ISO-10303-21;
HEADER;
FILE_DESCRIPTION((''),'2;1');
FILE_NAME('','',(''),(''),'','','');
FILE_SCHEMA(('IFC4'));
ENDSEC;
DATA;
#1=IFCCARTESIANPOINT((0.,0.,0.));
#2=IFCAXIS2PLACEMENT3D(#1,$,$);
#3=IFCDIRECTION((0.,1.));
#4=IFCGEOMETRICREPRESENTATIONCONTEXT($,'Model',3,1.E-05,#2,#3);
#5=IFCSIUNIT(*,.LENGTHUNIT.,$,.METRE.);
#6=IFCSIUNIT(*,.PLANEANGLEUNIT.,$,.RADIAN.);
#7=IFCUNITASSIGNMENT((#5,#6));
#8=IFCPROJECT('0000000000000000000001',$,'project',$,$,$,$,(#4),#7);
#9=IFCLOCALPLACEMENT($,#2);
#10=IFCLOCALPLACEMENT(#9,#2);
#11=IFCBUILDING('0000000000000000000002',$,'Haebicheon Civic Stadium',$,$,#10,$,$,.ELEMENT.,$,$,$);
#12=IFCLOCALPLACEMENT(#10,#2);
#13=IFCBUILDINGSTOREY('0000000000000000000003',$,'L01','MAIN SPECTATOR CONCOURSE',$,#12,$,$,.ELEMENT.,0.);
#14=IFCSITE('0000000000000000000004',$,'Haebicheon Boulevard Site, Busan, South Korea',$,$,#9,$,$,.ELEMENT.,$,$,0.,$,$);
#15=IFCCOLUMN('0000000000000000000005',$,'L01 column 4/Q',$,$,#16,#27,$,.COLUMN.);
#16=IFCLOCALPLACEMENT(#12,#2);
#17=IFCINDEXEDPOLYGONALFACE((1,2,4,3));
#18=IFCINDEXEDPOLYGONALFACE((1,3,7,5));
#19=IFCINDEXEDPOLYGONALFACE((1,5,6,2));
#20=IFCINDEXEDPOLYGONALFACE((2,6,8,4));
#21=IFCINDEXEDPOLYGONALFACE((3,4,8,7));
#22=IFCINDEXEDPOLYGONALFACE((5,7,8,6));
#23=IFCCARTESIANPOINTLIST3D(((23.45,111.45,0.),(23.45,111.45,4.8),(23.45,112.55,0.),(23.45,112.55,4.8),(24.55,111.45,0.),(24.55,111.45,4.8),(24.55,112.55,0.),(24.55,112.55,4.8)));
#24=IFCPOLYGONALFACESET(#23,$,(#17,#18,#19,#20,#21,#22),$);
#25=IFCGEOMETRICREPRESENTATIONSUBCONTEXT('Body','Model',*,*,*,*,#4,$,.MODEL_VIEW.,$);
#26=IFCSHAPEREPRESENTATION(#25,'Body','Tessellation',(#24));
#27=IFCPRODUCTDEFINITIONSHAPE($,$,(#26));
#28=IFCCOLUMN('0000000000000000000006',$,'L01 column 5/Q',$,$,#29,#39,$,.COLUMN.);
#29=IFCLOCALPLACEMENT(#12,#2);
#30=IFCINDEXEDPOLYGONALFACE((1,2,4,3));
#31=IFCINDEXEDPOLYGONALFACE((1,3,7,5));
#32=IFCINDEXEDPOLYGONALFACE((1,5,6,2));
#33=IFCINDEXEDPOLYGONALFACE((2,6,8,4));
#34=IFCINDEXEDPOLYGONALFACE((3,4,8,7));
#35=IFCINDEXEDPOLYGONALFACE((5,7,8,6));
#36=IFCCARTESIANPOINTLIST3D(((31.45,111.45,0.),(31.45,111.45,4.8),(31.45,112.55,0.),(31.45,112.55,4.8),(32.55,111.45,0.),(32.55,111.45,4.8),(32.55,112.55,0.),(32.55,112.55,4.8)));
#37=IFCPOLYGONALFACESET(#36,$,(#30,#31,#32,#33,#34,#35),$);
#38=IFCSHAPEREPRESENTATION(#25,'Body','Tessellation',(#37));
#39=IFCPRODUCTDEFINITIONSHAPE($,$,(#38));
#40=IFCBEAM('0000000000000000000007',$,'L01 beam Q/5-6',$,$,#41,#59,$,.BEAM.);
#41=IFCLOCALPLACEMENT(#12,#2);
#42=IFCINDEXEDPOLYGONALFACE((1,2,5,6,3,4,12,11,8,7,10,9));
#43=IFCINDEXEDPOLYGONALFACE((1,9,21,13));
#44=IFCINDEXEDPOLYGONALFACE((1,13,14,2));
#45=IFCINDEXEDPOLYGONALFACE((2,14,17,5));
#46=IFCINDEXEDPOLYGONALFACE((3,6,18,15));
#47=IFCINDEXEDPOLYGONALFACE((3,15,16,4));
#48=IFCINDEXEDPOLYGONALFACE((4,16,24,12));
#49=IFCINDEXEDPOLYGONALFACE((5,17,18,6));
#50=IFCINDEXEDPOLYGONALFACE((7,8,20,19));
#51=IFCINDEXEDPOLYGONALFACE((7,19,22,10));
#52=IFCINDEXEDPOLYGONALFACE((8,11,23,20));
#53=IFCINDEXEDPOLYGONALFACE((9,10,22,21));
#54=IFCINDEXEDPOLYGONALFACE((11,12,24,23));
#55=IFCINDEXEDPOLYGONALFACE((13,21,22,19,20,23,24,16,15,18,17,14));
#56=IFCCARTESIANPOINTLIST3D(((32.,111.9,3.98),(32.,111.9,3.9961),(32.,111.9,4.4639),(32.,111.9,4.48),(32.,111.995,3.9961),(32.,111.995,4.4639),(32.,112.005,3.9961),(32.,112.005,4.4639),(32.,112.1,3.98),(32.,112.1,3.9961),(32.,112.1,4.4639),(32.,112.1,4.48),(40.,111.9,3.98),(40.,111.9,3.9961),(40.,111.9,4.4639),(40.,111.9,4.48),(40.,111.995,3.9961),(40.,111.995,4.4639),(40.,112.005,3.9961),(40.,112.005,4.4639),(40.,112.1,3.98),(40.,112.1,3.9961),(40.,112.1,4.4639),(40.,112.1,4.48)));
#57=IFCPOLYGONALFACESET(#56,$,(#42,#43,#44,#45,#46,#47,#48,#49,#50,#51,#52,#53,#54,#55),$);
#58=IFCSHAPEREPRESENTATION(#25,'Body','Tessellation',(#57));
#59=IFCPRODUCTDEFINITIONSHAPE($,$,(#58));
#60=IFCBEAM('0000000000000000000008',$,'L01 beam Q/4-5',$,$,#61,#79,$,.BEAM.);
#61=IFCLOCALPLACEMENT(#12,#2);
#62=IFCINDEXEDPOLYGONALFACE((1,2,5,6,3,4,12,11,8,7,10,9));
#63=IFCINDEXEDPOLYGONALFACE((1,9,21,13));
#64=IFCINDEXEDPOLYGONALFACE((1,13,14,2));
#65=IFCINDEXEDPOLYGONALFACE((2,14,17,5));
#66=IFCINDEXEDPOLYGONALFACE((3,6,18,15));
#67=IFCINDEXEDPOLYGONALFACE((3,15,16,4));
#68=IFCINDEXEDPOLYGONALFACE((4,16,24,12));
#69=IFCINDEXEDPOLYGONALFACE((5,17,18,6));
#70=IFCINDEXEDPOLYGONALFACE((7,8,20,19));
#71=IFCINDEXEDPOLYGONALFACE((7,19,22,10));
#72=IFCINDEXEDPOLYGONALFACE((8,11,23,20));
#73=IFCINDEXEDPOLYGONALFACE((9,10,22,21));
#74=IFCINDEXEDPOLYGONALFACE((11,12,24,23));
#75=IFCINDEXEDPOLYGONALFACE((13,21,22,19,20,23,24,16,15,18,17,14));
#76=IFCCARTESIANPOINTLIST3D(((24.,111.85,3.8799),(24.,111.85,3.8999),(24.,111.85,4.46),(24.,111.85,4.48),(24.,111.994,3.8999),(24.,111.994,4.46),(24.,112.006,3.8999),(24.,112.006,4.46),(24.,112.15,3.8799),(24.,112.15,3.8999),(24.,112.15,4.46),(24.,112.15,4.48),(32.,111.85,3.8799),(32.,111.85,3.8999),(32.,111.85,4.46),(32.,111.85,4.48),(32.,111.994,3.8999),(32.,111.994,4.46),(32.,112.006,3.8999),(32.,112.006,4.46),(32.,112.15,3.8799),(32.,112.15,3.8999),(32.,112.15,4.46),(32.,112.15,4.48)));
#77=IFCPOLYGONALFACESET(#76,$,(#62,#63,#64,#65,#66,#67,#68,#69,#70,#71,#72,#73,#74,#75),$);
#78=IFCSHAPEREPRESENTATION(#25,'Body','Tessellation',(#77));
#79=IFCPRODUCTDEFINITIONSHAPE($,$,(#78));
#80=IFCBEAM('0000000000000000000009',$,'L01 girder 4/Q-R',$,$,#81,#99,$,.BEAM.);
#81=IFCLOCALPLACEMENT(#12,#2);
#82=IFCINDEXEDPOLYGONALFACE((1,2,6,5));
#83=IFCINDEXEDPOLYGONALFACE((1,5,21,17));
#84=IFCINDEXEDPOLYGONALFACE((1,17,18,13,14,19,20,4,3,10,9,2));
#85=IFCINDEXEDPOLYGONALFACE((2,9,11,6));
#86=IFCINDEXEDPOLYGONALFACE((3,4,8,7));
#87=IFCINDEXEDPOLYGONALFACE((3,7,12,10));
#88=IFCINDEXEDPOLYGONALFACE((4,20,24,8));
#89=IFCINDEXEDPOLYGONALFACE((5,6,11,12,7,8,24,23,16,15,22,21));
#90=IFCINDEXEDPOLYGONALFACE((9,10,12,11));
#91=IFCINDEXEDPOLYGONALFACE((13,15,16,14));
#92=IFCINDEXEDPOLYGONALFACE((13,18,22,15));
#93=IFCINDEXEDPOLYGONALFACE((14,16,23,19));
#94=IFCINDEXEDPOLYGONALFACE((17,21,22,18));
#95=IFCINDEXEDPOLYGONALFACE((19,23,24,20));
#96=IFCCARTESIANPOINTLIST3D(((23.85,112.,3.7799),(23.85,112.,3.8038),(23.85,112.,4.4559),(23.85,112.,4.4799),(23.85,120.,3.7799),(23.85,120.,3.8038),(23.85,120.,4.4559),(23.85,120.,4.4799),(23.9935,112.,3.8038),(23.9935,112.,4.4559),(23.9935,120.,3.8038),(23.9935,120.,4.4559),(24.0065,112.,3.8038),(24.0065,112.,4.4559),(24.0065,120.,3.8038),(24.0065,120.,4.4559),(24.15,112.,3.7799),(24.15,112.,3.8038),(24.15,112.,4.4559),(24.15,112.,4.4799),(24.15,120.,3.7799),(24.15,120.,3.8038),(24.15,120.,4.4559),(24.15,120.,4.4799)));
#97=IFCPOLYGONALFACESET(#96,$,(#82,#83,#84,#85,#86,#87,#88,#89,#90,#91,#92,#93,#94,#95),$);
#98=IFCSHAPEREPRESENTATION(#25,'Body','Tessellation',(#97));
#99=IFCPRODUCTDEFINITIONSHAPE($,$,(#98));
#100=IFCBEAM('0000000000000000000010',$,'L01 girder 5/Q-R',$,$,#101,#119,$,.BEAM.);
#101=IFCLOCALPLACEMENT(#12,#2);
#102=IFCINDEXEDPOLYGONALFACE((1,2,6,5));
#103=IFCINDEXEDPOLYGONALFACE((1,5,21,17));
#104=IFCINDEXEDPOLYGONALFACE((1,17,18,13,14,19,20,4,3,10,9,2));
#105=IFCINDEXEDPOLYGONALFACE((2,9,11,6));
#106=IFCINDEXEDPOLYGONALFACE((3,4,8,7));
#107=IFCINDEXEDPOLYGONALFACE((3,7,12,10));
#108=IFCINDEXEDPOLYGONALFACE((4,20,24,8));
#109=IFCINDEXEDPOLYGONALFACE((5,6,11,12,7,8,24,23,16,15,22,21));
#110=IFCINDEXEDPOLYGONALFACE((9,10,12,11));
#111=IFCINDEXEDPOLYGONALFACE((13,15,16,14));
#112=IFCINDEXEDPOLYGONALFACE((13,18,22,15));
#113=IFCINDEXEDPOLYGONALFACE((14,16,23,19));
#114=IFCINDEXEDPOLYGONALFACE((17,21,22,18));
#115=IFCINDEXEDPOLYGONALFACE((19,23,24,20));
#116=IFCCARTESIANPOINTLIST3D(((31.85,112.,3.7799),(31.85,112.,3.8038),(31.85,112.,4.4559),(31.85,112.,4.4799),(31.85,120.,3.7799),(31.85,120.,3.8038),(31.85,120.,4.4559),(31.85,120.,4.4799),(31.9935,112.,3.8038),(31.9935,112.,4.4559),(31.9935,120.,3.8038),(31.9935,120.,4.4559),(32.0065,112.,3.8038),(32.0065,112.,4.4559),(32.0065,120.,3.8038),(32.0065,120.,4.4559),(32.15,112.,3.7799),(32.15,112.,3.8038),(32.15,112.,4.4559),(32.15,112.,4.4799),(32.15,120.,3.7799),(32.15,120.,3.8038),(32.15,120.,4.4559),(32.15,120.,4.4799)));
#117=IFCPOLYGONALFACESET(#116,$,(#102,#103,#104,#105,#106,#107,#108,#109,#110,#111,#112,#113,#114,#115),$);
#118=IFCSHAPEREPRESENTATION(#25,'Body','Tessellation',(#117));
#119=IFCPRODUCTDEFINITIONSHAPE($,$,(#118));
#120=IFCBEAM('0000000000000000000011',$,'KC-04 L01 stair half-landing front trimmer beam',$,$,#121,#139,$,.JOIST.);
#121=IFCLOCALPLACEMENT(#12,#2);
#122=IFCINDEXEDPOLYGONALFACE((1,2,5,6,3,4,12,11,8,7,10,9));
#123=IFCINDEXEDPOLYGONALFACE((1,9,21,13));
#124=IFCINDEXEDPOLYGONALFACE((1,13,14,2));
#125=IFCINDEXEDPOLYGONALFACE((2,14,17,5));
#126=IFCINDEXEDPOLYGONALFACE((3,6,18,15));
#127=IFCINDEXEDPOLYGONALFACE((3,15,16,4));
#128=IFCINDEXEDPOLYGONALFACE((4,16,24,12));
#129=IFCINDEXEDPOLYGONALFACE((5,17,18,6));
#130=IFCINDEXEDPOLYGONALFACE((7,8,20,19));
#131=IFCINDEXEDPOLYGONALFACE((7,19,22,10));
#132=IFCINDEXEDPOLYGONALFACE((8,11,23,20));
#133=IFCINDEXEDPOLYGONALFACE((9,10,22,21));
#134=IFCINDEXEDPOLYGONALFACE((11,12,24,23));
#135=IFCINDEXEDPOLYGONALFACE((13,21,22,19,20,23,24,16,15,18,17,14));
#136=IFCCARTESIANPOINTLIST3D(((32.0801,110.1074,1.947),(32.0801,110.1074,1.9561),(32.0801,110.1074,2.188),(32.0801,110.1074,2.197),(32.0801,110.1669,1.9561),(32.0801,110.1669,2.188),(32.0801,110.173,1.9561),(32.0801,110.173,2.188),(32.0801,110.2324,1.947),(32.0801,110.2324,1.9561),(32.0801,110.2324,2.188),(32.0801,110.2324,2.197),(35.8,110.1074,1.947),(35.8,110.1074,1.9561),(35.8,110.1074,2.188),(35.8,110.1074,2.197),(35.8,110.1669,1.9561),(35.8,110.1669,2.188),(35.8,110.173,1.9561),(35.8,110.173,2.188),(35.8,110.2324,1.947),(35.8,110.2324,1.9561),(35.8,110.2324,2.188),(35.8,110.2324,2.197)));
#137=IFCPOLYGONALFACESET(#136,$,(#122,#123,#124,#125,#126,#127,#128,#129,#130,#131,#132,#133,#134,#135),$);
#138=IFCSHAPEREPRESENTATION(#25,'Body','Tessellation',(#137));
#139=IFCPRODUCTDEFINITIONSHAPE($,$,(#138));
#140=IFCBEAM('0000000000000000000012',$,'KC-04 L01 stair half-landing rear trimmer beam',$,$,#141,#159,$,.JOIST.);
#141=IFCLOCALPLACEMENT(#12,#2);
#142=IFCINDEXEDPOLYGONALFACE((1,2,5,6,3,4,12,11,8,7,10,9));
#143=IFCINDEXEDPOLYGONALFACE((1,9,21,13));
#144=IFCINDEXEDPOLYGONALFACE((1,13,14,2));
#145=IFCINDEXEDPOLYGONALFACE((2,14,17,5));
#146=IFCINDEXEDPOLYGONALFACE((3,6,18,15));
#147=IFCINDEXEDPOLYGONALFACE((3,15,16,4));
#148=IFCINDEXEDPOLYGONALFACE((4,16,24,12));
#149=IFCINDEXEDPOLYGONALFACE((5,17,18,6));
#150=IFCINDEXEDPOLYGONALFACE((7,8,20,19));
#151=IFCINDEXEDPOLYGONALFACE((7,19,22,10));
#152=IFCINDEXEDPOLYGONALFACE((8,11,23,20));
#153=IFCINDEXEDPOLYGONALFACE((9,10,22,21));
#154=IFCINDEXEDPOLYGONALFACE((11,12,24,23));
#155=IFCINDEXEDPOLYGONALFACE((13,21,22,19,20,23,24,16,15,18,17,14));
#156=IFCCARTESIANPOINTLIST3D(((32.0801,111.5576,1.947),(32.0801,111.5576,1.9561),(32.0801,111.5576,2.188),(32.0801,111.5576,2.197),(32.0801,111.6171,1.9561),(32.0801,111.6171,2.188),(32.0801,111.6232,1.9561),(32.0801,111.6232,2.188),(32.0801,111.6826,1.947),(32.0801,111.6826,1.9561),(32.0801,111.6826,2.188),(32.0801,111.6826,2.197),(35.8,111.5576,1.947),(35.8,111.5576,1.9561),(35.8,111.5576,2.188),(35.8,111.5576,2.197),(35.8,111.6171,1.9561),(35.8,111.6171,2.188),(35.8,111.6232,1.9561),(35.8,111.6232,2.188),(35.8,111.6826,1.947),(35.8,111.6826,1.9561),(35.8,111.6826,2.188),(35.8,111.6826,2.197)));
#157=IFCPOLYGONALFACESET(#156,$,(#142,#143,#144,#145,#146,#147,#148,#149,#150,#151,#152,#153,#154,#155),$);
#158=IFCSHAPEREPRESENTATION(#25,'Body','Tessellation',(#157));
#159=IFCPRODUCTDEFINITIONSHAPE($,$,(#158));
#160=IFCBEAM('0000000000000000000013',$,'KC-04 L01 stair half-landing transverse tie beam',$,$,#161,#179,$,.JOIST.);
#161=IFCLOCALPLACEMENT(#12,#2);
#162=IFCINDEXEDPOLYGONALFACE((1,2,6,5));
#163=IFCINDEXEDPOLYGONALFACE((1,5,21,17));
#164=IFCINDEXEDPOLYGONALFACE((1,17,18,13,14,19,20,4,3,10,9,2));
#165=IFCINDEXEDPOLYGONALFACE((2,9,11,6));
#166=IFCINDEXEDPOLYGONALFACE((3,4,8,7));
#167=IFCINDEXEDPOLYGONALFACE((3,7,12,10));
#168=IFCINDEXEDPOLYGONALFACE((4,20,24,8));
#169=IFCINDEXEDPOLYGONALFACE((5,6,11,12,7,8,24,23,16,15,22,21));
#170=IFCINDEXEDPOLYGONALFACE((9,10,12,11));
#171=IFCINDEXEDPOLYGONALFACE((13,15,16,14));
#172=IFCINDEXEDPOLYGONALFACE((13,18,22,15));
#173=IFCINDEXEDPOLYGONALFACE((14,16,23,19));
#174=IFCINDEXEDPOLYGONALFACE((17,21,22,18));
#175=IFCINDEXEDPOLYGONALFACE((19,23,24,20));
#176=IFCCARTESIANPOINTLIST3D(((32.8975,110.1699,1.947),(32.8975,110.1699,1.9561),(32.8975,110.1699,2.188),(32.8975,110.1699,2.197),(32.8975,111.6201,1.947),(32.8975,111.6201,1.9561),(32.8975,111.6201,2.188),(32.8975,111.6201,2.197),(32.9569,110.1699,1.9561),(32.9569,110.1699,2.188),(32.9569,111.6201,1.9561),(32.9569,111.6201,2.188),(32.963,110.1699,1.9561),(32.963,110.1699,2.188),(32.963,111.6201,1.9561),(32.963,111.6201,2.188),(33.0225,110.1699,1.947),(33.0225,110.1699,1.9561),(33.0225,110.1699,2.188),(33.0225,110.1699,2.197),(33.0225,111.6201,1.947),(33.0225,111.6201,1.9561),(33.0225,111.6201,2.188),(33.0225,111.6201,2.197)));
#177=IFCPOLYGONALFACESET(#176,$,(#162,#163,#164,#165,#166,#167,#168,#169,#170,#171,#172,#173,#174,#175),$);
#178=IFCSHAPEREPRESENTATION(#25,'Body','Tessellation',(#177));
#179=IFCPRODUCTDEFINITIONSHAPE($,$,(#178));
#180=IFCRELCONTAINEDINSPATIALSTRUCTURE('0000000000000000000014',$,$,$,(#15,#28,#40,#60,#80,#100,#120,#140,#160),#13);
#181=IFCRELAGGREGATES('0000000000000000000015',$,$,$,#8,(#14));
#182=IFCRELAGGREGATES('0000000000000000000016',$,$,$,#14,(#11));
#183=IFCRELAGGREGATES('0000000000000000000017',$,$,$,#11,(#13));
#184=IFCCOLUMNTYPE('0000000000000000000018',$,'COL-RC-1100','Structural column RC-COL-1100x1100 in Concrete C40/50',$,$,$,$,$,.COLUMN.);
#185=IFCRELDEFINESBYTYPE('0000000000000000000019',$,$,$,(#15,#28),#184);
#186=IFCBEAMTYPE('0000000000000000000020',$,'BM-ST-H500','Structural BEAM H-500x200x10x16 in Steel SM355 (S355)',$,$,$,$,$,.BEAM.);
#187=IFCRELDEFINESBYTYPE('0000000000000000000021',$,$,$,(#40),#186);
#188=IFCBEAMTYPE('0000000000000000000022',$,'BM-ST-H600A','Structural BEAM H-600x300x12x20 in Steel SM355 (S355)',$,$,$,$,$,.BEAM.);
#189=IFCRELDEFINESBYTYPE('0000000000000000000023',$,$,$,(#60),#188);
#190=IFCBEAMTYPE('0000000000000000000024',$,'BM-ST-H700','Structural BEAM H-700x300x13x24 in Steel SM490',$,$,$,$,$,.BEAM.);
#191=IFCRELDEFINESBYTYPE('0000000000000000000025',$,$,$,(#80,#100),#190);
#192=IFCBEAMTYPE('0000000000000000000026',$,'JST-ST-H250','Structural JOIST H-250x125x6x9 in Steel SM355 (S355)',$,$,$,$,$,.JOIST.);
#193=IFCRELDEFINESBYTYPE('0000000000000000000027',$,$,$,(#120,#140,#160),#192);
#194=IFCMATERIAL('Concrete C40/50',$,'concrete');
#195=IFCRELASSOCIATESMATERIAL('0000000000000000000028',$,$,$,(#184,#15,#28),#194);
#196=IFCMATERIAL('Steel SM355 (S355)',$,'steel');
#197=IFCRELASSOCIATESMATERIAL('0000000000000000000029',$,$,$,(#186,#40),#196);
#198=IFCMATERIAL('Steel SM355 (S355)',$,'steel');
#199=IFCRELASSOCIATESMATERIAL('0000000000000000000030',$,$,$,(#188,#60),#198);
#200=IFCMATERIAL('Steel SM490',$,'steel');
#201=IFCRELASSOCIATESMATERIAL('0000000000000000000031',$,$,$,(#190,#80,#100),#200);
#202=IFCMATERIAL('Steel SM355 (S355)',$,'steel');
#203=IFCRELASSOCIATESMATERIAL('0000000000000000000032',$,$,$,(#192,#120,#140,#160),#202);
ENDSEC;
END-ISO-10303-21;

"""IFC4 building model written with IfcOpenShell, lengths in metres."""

from ifc_helpers import new_model, si_unit, direction, frame, origin, origin_2d, place, context, subcontext, project, spatial, rectangle, i_section, extrude, material, material_profile, profile_set, type_object, element, save


model = new_model("IFC4")

# Units and contexts
model_context = context("Model", 3, precision=1e-05, world=origin(), true_north=direction((0.0, 1.0)))
body_context = subcontext(model_context, "Body", "Model", "MODEL_VIEW")
ifc_project = project(units=[si_unit("LENGTHUNIT", "METRE"), si_unit("PLANEANGLEUNIT", "RADIAN")], contexts=[model_context])

# Site, building, storey
site_placement = place(None, origin())
site = spatial("IfcSite", under=ifc_project, at=site_placement, Name="Haebicheon Boulevard Site, Busan, South Korea", CompositionType="ELEMENT", RefElevation=0.0)
building_placement = place(site_placement, origin())
building = spatial("IfcBuilding", under=site, at=building_placement, Name="Haebicheon Civic Stadium", CompositionType="ELEMENT")
storey_placement = place(building_placement, origin())
storey = spatial("IfcBuildingStorey", under=building, at=storey_placement, Name="L01", Description="MAIN SPECTATOR CONCOURSE", CompositionType="ELEMENT", Elevation=0.0)

# Columns
ifc_material_1 = material(Name="Concrete C40/50", Category="concrete")
ifc_material_profile_1 = material_profile(ifc_material_1, rectangle(XDim=1.1001, YDim=1.1001, at=origin_2d()), Name="RC-COL-1100x1100")
ifc_profile_set_1 = profile_set([ifc_material_profile_1], Name="Concrete C40/50")
column_type = type_object("IfcColumnType", Name="COL-RC-1100", Description="Structural column RC-COL-1100x1100 in Concrete C40/50", PredefinedType="COLUMN", material=ifc_profile_set_1)
for number, where, z_axis, x_axis, name in (
    (1, (24.0, 112.0, 0.0), (0.0, 0.0, 1.0), (1.0, 0.0, 0.0), "L01 column 4/Q"),
    (2, (32.0, 112.0, 0.0), (0.0, 0.0, 1.0), (1.0, 0.0, 0.0), "L01 column 5/Q"),
):
    element("IfcColumn", number, at=place(storey_placement, frame(where, z_axis=z_axis, x_axis=x_axis)), inside=storey, type_object=column_type, material=ifc_profile_set_1, Name=name, PredefinedType="COLUMN", context=body_context, shape_type="SweptSolid", body=[
        extrude(rectangle(XDim=1.1001, YDim=1.1001, at=origin_2d()), origin(), (0.0, 0.0, 1.0), 4.8),
    ])

# Beams
ifc_material_2 = material(Name="Steel SM355 (S355)", Category="steel")
ifc_material_profile_2 = material_profile(ifc_material_2, i_section(OverallWidth=0.2, OverallDepth=0.5, WebThickness=0.01, FlangeThickness=0.0161, at=origin_2d()), Name="H-500x200x10x16")
ifc_profile_set_2 = profile_set([ifc_material_profile_2], Name="Steel SM355 (S355)")
beam_type_1 = type_object("IfcBeamType", Name="BM-ST-H500", Description="Structural BEAM H-500x200x10x16 in Steel SM355 (S355)", PredefinedType="BEAM", material=ifc_profile_set_2)
beam_1_placement = place(storey_placement, frame((32.0, 112.0, 4.23), z_axis=(1.0, 0.0, 0.0), x_axis=(0.0, 1.0, 0.0)))
element("IfcBeam", 3, at=beam_1_placement, inside=storey, type_object=beam_type_1, material=ifc_profile_set_2, Name="L01 beam Q/5-6", PredefinedType="BEAM", context=body_context, shape_type="SweptSolid", body=[
    extrude(i_section(OverallWidth=0.2, OverallDepth=0.5, WebThickness=0.01, FlangeThickness=0.0161, at=origin_2d()), origin(), (0.0, 0.0, 1.0), 8.0),
])
ifc_material_3 = material(Name="Steel SM355 (S355)", Category="steel")
ifc_material_profile_3 = material_profile(ifc_material_3, i_section(OverallWidth=0.3, OverallDepth=0.6001, WebThickness=0.012, FlangeThickness=0.02, at=origin_2d()), Name="H-600x300x12x20")
ifc_profile_set_3 = profile_set([ifc_material_profile_3], Name="Steel SM355 (S355)")
beam_type_2 = type_object("IfcBeamType", Name="BM-ST-H600A", Description="Structural BEAM H-600x300x12x20 in Steel SM355 (S355)", PredefinedType="BEAM", material=ifc_profile_set_3)
beam_2_placement = place(storey_placement, frame((24.0, 112.0, 4.1799), z_axis=(1.0, 0.0, 0.0), x_axis=(0.0, 1.0, 0.0)))
element("IfcBeam", 4, at=beam_2_placement, inside=storey, type_object=beam_type_2, material=ifc_profile_set_3, Name="L01 beam Q/4-5", PredefinedType="BEAM", context=body_context, shape_type="SweptSolid", body=[
    extrude(i_section(OverallWidth=0.3, OverallDepth=0.6001, WebThickness=0.012, FlangeThickness=0.02, at=origin_2d()), origin(), (0.0, 0.0, 1.0), 8.0),
])
ifc_material_4 = material(Name="Steel SM490", Category="steel")
ifc_material_profile_4 = material_profile(ifc_material_4, i_section(OverallWidth=0.3, OverallDepth=0.7, WebThickness=0.0129, FlangeThickness=0.0239, at=origin_2d()), Name="H-700x300x13x24")
ifc_profile_set_4 = profile_set([ifc_material_profile_4], Name="Steel SM490")
beam_type_3 = type_object("IfcBeamType", Name="BM-ST-H700", Description="Structural BEAM H-700x300x13x24 in Steel SM490", PredefinedType="BEAM", material=ifc_profile_set_4)
for number, where, z_axis, x_axis, name in (
    (5, (24.0, 112.0, 4.1299), (0.0, 1.0, 0.0), (-1.0, 0.0, 0.0), "L01 girder 4/Q-R"),
    (6, (32.0, 112.0, 4.1299), (0.0, 1.0, 0.0), (-1.0, 0.0, 0.0), "L01 girder 5/Q-R"),
):
    element("IfcBeam", number, at=place(storey_placement, frame(where, z_axis=z_axis, x_axis=x_axis)), inside=storey, type_object=beam_type_3, material=ifc_profile_set_4, Name=name, PredefinedType="BEAM", context=body_context, shape_type="SweptSolid", body=[
        extrude(i_section(OverallWidth=0.3, OverallDepth=0.7, WebThickness=0.0129, FlangeThickness=0.0239, at=origin_2d()), origin(), (0.0, 0.0, 1.0), 8.0),
    ])
ifc_material_5 = material(Name="Steel SM355 (S355)", Category="steel")
ifc_material_profile_5 = material_profile(ifc_material_5, i_section(OverallWidth=0.125, OverallDepth=0.25, WebThickness=0.0061, FlangeThickness=0.009, at=origin_2d()), Name="H-250x125x6x9")
ifc_profile_set_5 = profile_set([ifc_material_profile_5], Name="Steel SM355 (S355)")
beam_type_4 = type_object("IfcBeamType", Name="JST-ST-H250", Description="Structural JOIST H-250x125x6x9 in Steel SM355 (S355)", PredefinedType="JOIST", material=ifc_profile_set_5)
for number, where, z_axis, x_axis, name in (
    (7, (32.0801, 110.1699, 2.072), (1.0, 0.0, 0.0), (0.0, 1.0, 0.0), "KC-04 L01 stair half-landing front trimmer beam"),
    (8, (32.0801, 111.6201, 2.072), (1.0, 0.0, 0.0), (0.0, 1.0, 0.0), "KC-04 L01 stair half-landing rear trimmer beam"),
):
    element("IfcBeam", number, at=place(storey_placement, frame(where, z_axis=z_axis, x_axis=x_axis)), inside=storey, type_object=beam_type_4, material=ifc_profile_set_5, Name=name, PredefinedType="JOIST", context=body_context, shape_type="SweptSolid", body=[
        extrude(i_section(OverallWidth=0.125, OverallDepth=0.25, WebThickness=0.0061, FlangeThickness=0.009, at=origin_2d()), origin(), (0.0, 0.0, 1.0), 3.72),
    ])
beam_3_placement = place(storey_placement, frame((32.96, 110.1699, 2.072), z_axis=(0.0, 1.0, 0.0), x_axis=(-1.0, 0.0, 0.0)))
element("IfcBeam", 9, at=beam_3_placement, inside=storey, type_object=beam_type_4, material=ifc_profile_set_5, Name="KC-04 L01 stair half-landing transverse tie beam", PredefinedType="JOIST", context=body_context, shape_type="SweptSolid", body=[
    extrude(i_section(OverallWidth=0.125, OverallDepth=0.25, WebThickness=0.0061, FlangeThickness=0.009, at=origin_2d()), origin(), (0.0, 0.0, 1.0), 1.4502),
])

save(model, "model.ifc")
